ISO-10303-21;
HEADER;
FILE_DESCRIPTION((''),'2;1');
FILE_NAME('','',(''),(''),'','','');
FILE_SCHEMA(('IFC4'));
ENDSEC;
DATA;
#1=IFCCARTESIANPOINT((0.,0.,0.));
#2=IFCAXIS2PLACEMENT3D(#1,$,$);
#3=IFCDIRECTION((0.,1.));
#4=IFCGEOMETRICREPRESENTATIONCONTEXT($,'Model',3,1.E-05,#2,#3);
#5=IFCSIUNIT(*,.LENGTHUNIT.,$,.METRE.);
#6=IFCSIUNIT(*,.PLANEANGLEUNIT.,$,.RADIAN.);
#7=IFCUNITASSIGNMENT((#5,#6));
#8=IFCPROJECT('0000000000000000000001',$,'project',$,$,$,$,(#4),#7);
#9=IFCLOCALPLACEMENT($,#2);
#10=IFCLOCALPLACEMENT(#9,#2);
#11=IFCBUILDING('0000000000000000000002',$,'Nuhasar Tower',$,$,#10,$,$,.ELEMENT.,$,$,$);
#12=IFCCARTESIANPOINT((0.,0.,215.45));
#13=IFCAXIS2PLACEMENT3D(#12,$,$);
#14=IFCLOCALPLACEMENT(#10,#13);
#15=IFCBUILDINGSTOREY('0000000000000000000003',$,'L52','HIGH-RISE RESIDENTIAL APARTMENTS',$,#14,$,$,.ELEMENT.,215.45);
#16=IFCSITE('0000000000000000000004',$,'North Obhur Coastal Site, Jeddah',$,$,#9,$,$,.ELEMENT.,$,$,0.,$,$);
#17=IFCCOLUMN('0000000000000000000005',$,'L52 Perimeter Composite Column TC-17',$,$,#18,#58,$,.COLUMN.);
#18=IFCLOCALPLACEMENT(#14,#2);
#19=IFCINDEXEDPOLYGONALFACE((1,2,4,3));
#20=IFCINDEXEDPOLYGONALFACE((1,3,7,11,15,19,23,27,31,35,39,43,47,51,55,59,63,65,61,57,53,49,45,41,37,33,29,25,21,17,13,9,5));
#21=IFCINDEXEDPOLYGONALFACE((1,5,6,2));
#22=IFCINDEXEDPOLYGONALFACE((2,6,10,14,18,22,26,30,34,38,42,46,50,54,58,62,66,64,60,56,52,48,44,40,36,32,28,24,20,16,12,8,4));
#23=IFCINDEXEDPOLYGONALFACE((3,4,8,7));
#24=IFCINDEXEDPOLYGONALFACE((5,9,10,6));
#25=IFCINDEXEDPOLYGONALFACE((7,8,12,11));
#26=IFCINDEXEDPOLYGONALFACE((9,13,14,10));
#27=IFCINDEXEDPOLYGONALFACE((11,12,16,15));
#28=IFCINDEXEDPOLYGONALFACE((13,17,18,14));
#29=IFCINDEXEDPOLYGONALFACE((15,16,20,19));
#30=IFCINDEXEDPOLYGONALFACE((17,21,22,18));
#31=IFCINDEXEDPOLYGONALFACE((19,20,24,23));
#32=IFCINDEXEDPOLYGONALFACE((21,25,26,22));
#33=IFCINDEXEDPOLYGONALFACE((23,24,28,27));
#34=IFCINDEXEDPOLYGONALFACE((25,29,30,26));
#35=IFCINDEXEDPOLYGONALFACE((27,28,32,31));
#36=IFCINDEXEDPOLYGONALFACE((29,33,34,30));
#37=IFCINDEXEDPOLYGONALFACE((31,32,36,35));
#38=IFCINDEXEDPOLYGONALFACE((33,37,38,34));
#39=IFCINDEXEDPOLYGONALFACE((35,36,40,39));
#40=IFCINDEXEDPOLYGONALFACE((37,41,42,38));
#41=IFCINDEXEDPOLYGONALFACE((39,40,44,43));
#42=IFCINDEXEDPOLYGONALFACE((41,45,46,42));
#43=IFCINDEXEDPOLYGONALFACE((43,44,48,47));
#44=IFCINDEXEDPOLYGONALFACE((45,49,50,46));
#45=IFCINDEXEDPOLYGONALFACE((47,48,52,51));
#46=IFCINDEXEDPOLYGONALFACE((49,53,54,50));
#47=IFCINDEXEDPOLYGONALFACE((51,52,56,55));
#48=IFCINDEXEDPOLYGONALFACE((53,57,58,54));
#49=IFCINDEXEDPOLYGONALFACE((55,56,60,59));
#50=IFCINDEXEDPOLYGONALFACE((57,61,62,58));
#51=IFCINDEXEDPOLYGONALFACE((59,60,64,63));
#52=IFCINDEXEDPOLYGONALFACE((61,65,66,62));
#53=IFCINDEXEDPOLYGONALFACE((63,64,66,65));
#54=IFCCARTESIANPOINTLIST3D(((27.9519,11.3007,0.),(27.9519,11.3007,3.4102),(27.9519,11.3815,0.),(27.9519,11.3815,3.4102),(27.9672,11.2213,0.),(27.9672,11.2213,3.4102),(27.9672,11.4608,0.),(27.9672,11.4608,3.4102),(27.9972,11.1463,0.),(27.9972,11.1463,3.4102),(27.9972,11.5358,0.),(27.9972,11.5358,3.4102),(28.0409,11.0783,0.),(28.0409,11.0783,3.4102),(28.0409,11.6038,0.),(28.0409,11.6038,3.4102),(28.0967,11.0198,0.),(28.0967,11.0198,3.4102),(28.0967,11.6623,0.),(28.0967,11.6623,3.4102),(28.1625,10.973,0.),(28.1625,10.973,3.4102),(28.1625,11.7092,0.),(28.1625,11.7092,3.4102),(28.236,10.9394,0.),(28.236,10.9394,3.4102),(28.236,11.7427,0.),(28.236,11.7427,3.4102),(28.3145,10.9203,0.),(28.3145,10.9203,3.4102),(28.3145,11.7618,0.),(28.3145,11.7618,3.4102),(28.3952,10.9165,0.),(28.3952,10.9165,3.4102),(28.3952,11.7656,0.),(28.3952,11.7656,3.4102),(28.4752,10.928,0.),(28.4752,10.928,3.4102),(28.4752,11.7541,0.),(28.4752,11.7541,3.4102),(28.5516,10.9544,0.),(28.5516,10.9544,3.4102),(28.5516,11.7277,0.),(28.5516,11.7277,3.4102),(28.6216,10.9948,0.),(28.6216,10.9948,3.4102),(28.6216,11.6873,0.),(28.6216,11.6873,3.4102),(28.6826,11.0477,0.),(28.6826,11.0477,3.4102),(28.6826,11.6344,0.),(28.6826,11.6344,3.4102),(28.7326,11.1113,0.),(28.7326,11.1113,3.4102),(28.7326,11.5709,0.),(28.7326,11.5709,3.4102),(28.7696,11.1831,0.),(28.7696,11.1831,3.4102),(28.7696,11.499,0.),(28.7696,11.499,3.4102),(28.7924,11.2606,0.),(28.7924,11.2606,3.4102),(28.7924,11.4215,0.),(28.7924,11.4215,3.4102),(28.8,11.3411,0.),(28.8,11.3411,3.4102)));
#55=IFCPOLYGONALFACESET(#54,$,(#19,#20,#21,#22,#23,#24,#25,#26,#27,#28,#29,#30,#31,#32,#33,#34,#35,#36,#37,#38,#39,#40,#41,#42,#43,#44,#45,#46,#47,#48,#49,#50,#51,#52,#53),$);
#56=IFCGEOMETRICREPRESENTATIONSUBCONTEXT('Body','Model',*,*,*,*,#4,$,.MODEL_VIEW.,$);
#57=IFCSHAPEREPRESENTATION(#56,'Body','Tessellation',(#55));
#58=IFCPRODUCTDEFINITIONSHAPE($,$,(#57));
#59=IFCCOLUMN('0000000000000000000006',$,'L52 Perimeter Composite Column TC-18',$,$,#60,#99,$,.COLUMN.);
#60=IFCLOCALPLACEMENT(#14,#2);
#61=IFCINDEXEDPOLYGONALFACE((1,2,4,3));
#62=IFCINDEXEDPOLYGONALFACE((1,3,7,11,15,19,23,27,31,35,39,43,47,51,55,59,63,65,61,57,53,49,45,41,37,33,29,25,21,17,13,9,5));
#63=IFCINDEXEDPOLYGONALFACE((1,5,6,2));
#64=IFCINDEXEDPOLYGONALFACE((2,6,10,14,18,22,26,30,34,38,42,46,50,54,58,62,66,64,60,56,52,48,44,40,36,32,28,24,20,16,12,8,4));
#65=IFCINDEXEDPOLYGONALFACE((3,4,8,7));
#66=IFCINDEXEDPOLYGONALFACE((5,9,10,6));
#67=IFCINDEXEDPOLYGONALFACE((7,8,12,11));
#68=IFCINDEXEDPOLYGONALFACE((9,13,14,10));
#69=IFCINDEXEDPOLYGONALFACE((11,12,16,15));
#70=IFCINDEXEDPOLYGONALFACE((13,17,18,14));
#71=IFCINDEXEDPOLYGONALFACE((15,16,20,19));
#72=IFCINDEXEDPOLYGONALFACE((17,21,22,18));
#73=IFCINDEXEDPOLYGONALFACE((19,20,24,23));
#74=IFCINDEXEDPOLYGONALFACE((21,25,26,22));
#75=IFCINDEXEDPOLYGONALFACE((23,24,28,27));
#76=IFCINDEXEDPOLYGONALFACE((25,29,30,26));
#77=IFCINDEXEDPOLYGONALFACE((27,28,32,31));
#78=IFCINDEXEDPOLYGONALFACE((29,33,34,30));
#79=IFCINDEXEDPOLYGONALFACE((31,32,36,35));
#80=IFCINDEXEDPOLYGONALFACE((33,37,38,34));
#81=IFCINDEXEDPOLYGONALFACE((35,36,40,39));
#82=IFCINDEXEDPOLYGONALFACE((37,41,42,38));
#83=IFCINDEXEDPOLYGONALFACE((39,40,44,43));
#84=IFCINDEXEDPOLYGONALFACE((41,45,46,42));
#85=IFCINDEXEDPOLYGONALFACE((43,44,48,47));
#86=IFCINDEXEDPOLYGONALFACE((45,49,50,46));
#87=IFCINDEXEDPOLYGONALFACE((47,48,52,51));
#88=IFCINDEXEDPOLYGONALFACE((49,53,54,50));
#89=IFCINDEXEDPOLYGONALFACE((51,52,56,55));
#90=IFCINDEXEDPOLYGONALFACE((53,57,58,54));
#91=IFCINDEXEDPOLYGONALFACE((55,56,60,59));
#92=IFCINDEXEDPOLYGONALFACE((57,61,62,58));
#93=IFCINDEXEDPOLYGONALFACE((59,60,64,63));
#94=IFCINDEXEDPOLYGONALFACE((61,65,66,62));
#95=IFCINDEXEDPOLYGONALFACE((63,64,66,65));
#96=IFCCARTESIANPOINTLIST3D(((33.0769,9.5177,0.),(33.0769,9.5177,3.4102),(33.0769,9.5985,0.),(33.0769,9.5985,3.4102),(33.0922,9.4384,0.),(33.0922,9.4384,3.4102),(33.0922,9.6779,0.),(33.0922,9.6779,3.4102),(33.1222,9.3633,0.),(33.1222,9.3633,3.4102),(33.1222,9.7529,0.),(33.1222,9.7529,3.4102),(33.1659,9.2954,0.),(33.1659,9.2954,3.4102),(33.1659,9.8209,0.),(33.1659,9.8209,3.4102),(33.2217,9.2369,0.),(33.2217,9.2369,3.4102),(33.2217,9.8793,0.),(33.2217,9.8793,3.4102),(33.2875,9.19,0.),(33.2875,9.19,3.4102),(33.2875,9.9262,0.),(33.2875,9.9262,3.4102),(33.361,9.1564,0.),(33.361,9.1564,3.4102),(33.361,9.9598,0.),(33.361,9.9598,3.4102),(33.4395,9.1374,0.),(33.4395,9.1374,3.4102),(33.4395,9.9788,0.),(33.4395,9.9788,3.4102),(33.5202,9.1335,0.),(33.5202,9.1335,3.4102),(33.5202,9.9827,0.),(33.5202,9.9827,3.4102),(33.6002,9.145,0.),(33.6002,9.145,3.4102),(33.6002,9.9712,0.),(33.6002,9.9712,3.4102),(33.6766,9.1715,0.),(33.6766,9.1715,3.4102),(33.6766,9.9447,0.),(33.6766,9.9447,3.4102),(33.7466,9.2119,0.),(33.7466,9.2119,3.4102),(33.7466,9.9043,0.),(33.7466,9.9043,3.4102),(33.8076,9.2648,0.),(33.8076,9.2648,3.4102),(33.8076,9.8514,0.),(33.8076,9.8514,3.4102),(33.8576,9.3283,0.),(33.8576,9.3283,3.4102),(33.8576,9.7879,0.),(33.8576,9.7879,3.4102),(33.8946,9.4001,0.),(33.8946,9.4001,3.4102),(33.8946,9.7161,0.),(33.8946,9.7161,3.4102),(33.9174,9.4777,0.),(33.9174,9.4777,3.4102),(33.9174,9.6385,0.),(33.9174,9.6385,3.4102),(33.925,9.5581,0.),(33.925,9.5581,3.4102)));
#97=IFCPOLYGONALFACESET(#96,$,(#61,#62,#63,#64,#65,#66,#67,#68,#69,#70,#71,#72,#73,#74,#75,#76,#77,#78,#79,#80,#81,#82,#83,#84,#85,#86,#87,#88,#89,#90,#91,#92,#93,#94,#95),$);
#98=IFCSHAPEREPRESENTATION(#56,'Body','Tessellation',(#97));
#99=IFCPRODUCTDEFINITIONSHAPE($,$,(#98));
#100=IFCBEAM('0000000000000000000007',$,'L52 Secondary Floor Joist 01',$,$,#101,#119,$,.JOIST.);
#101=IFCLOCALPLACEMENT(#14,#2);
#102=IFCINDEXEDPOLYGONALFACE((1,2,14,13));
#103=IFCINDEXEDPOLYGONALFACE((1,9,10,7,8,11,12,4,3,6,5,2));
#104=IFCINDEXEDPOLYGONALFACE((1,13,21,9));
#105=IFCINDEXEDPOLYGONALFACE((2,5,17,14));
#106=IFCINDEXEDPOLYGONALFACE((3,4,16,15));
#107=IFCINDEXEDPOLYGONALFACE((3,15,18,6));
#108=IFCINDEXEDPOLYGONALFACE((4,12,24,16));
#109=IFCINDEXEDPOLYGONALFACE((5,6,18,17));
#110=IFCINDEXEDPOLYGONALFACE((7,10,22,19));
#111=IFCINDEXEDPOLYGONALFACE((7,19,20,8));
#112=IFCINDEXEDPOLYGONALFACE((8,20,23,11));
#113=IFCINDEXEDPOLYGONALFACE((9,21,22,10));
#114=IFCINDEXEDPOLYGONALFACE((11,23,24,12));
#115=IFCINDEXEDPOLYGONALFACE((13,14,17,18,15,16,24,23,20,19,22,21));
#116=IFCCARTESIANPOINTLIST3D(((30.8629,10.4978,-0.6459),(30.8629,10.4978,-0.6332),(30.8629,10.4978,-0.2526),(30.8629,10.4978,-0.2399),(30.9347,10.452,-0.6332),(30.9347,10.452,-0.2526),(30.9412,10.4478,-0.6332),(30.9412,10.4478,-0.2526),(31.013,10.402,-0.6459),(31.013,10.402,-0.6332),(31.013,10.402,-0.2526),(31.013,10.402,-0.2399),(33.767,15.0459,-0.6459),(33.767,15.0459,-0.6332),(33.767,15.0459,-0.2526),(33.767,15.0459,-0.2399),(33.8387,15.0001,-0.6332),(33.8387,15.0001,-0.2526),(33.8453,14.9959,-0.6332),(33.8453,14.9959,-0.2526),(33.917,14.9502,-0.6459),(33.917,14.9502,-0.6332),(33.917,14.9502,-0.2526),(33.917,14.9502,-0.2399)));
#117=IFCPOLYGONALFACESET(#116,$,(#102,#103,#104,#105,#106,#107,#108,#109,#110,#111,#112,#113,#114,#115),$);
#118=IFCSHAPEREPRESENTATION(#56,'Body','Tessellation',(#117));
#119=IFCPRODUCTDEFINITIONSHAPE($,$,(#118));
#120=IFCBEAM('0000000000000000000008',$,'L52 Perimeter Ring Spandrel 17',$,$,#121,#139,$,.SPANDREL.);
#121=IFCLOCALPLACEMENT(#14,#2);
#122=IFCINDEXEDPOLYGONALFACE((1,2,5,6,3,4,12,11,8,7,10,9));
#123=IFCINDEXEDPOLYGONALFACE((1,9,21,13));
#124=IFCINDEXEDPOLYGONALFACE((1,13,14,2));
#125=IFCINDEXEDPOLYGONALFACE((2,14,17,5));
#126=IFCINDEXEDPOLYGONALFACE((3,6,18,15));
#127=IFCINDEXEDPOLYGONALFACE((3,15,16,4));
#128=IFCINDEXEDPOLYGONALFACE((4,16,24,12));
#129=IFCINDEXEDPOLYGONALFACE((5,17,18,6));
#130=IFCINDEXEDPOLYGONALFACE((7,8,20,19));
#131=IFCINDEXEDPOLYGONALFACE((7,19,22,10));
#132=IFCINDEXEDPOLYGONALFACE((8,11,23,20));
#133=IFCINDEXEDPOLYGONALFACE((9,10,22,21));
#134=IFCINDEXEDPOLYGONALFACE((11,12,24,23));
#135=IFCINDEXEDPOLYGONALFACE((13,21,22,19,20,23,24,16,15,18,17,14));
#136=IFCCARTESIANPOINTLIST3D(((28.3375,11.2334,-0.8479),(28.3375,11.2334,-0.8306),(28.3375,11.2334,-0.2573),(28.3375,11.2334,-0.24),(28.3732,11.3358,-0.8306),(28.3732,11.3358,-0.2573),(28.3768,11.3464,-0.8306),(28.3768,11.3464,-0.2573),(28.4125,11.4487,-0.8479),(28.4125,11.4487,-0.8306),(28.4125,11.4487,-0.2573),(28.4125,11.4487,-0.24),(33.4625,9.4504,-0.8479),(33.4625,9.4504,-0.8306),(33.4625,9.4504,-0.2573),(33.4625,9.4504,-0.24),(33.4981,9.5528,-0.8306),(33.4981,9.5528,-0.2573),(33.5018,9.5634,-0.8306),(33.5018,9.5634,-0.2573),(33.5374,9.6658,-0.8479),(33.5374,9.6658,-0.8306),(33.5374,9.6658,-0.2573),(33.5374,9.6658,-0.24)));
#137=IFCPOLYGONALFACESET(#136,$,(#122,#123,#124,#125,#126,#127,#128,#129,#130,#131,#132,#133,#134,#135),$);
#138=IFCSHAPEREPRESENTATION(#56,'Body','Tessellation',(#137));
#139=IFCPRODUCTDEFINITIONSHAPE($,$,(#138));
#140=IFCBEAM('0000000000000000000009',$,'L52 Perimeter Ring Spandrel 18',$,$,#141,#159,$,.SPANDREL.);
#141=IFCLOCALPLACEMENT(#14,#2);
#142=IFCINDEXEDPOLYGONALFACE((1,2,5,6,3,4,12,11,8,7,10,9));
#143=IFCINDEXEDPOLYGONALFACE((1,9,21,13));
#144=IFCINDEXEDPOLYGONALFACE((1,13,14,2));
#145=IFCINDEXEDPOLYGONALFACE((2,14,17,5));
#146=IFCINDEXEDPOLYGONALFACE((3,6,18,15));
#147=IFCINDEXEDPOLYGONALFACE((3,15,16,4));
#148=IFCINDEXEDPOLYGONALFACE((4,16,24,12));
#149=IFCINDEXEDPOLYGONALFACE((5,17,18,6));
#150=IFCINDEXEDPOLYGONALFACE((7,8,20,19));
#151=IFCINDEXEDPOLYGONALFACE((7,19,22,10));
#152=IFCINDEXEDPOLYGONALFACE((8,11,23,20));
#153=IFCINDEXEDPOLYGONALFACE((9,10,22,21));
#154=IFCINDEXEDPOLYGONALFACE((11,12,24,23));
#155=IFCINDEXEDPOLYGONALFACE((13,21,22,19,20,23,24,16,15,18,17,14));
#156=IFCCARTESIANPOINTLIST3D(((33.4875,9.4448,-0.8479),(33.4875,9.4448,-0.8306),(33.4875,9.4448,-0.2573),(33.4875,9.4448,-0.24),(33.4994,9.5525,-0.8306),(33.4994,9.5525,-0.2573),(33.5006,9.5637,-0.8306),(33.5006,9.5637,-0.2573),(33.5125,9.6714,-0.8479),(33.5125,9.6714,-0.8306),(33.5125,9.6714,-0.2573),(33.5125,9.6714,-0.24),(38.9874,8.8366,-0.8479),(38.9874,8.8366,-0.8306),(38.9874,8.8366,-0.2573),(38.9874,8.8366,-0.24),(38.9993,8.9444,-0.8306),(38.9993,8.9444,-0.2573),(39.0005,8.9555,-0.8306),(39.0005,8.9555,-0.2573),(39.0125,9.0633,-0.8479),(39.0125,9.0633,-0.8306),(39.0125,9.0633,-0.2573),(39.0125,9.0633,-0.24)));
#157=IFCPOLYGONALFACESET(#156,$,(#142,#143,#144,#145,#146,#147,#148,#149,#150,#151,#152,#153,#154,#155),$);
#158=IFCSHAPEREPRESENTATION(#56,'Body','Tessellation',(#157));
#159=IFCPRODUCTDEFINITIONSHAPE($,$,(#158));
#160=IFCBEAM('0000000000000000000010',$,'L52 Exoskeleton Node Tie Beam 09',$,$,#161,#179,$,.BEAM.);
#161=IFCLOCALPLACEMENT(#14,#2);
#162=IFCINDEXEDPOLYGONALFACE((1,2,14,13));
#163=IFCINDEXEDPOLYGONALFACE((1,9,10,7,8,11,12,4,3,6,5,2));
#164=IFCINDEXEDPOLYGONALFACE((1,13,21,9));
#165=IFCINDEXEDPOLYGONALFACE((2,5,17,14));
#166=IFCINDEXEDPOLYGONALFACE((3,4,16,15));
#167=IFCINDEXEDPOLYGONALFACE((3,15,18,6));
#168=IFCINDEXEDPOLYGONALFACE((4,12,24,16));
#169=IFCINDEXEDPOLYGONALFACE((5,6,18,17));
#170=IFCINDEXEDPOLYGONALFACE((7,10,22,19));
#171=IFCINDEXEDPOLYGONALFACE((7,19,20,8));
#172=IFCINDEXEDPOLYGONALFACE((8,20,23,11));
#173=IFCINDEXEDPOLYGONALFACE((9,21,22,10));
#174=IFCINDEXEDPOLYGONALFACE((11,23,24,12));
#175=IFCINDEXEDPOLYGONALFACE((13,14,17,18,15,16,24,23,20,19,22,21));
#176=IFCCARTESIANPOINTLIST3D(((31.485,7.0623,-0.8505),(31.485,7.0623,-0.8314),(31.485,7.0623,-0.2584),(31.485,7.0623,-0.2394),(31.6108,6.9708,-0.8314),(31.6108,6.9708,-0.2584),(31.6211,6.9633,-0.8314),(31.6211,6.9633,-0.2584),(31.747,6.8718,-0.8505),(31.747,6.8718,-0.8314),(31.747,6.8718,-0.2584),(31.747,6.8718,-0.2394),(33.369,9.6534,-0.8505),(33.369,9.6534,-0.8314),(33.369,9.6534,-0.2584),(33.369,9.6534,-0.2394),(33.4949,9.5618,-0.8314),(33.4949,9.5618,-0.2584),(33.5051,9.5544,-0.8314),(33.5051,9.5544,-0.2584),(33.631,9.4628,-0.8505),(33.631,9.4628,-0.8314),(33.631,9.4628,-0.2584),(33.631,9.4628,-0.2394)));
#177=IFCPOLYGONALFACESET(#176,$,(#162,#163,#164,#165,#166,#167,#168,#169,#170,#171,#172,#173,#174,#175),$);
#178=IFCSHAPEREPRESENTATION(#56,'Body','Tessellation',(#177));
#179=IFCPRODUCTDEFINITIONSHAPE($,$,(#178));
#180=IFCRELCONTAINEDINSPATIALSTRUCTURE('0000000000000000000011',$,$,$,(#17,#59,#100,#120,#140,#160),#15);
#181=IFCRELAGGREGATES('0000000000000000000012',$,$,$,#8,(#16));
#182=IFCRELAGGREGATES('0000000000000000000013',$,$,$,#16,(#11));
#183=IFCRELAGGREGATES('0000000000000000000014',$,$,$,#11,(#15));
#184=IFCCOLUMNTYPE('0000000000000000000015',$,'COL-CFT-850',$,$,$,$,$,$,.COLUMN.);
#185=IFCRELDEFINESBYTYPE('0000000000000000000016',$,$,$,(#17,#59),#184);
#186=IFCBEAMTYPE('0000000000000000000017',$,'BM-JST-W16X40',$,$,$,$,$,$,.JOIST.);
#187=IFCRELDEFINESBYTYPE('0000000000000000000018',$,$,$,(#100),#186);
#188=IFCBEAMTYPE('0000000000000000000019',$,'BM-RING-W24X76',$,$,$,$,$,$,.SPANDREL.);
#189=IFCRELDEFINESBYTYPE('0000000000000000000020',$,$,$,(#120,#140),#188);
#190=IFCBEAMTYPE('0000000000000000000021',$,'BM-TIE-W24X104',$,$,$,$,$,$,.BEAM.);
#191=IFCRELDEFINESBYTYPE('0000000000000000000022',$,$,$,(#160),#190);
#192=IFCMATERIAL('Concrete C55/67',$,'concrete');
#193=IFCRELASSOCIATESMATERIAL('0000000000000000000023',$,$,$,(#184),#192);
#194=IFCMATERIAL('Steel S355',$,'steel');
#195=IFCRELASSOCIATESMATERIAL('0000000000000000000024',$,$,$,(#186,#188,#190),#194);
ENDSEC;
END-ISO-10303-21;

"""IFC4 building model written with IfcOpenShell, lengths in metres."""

from ifc_helpers import new_model, si_unit, direction, frame, origin, origin_2d, place, context, subcontext, project, spatial, circle, i_section, extrude, material, material_profile, profile_set, type_object, element, save


model = new_model("IFC4")

# Units and contexts
model_context = context("Model", 3, precision=1e-05, world=origin(), true_north=direction((0.0, 1.0)))
body_context = subcontext(model_context, "Body", "Model", "MODEL_VIEW")
ifc_project = project(units=[si_unit("LENGTHUNIT", "METRE"), si_unit("PLANEANGLEUNIT", "RADIAN")], contexts=[model_context])

# Site, building, storey
site_placement = place(None, origin())
site = spatial("IfcSite", under=ifc_project, at=site_placement, Name="North Obhur Coastal Site, Jeddah", CompositionType="ELEMENT", RefElevation=0.0)
building_placement = place(site_placement, origin())
building = spatial("IfcBuilding", under=site, at=building_placement, Name="Nuhasar Tower", CompositionType="ELEMENT")
storey_placement = place(building_placement, frame((0.0, 0.0, 215.45)))
storey = spatial("IfcBuildingStorey", under=building, at=storey_placement, Name="L52", Description="HIGH-RISE RESIDENTIAL APARTMENTS", CompositionType="ELEMENT", Elevation=215.45)

# Columns
ifc_material_1 = material(Name="Concrete C55/67", Category="concrete")
ifc_material_profile_1 = material_profile(ifc_material_1, circle(Radius=0.425, at=origin_2d()), Name="CFT850")
ifc_profile_set_1 = profile_set([ifc_material_profile_1], Name="Concrete C55/67")
column_type = type_object("IfcColumnType", Name="COL-CFT-850", PredefinedType="COLUMN", material=ifc_profile_set_1)
for number, where, z_axis, x_axis, name in (
    (1, (28.375, 11.3411, 0.0), (0.0, 0.0, 1.0), (1.0, 0.0, 0.0), "L52 Perimeter Composite Column TC-17"),
    (2, (33.5, 9.5581, 0.0), (0.0, 0.0, 1.0), (1.0, 0.0, 0.0), "L52 Perimeter Composite Column TC-18"),
):
    element("IfcColumn", number, at=place(storey_placement, frame(where, z_axis=z_axis, x_axis=x_axis)), inside=storey, type_object=column_type, Name=name, PredefinedType="COLUMN", context=body_context, shape_type="SweptSolid", body=[
        extrude(circle(Radius=0.425, at=origin_2d()), origin(), (0.0, 0.0, 1.0), 3.4102),
    ])

# Beams
ifc_material_2 = material(Name="Steel S355", Category="steel")
ifc_material_profile_2 = material_profile(ifc_material_2, i_section(OverallWidth=0.178, OverallDepth=0.406, WebThickness=0.0078, FlangeThickness=0.0127, at=origin_2d()), Name="W16X40")
ifc_profile_set_2 = profile_set([ifc_material_profile_2], Name="Steel S355")
beam_type_1 = type_object("IfcBeamType", Name="BM-JST-W16X40", PredefinedType="JOIST", material=ifc_profile_set_2)
beam_1_placement = place(storey_placement, frame((33.842, 14.998, -0.4429), z_axis=(-0.538169, -0.842837, 0.0), x_axis=(0.842837, -0.538169, 0.0)))
element("IfcBeam", 3, at=beam_1_placement, inside=storey, type_object=beam_type_1, Name="L52 Secondary Floor Joist 01", PredefinedType="JOIST", context=body_context, shape_type="SweptSolid", body=[
    extrude(i_section(OverallWidth=0.178, OverallDepth=0.406, WebThickness=0.0078, FlangeThickness=0.0127, at=origin_2d()), origin(), (0.0, 0.0, 1.0), 5.3962),
])
ifc_material_profile_3 = material_profile(ifc_material_2, i_section(OverallWidth=0.228, OverallDepth=0.6079, WebThickness=0.0112, FlangeThickness=0.0173, at=origin_2d()), Name="W24X76")
ifc_profile_set_3 = profile_set([ifc_material_profile_3], Name="Steel S355")
beam_type_2 = type_object("IfcBeamType", Name="BM-RING-W24X76", PredefinedType="SPANDREL", material=ifc_profile_set_3)
beam_2_placement = place(storey_placement, frame((28.375, 11.3411, -0.5439), z_axis=(0.944477, -0.328578, 0.0), x_axis=(0.328578, 0.944477, 0.0)))
element("IfcBeam", 4, at=beam_2_placement, inside=storey, type_object=beam_type_2, Name="L52 Perimeter Ring Spandrel 17", PredefinedType="SPANDREL", context=body_context, shape_type="SweptSolid", body=[
    extrude(i_section(OverallWidth=0.228, OverallDepth=0.6079, WebThickness=0.0112, FlangeThickness=0.0173, at=origin_2d()), origin(), (0.0, 0.0, 1.0), 5.4263),
])
beam_3_placement = place(storey_placement, frame((33.5, 9.5581, -0.5439), z_axis=(0.993942, -0.109904, 0.0), x_axis=(0.109904, 0.993942, 0.0)))
element("IfcBeam", 5, at=beam_3_placement, inside=storey, type_object=beam_type_2, Name="L52 Perimeter Ring Spandrel 18", PredefinedType="SPANDREL", context=body_context, shape_type="SweptSolid", body=[
    extrude(i_section(OverallWidth=0.228, OverallDepth=0.6079, WebThickness=0.0112, FlangeThickness=0.0173, at=origin_2d()), origin(), (0.0, 0.0, 1.0), 5.5334),
])
ifc_material_profile_4 = material_profile(ifc_material_2, i_section(OverallWidth=0.324, OverallDepth=0.6111, WebThickness=0.0127, FlangeThickness=0.019, at=origin_2d()), Name="W24X104")
ifc_profile_set_4 = profile_set([ifc_material_profile_4], Name="Steel S355")
beam_type_3 = type_object("IfcBeamType", Name="BM-TIE-W24X104", PredefinedType="BEAM", material=ifc_profile_set_4)
beam_4_placement = place(storey_placement, frame((33.5, 9.5581, -0.5449), z_axis=(-0.588095, -0.808792, 0.0), x_axis=(0.808792, -0.588095, 0.0)))
element("IfcBeam", 6, at=beam_4_placement, inside=storey, type_object=beam_type_3, Name="L52 Exoskeleton Node Tie Beam 09", PredefinedType="BEAM", context=body_context, shape_type="SweptSolid", body=[
    extrude(i_section(OverallWidth=0.324, OverallDepth=0.6111, WebThickness=0.0127, FlangeThickness=0.019, at=origin_2d()), origin(), (0.0, 0.0, 1.0), 3.2036),
])

save(model, "model.ifc")
